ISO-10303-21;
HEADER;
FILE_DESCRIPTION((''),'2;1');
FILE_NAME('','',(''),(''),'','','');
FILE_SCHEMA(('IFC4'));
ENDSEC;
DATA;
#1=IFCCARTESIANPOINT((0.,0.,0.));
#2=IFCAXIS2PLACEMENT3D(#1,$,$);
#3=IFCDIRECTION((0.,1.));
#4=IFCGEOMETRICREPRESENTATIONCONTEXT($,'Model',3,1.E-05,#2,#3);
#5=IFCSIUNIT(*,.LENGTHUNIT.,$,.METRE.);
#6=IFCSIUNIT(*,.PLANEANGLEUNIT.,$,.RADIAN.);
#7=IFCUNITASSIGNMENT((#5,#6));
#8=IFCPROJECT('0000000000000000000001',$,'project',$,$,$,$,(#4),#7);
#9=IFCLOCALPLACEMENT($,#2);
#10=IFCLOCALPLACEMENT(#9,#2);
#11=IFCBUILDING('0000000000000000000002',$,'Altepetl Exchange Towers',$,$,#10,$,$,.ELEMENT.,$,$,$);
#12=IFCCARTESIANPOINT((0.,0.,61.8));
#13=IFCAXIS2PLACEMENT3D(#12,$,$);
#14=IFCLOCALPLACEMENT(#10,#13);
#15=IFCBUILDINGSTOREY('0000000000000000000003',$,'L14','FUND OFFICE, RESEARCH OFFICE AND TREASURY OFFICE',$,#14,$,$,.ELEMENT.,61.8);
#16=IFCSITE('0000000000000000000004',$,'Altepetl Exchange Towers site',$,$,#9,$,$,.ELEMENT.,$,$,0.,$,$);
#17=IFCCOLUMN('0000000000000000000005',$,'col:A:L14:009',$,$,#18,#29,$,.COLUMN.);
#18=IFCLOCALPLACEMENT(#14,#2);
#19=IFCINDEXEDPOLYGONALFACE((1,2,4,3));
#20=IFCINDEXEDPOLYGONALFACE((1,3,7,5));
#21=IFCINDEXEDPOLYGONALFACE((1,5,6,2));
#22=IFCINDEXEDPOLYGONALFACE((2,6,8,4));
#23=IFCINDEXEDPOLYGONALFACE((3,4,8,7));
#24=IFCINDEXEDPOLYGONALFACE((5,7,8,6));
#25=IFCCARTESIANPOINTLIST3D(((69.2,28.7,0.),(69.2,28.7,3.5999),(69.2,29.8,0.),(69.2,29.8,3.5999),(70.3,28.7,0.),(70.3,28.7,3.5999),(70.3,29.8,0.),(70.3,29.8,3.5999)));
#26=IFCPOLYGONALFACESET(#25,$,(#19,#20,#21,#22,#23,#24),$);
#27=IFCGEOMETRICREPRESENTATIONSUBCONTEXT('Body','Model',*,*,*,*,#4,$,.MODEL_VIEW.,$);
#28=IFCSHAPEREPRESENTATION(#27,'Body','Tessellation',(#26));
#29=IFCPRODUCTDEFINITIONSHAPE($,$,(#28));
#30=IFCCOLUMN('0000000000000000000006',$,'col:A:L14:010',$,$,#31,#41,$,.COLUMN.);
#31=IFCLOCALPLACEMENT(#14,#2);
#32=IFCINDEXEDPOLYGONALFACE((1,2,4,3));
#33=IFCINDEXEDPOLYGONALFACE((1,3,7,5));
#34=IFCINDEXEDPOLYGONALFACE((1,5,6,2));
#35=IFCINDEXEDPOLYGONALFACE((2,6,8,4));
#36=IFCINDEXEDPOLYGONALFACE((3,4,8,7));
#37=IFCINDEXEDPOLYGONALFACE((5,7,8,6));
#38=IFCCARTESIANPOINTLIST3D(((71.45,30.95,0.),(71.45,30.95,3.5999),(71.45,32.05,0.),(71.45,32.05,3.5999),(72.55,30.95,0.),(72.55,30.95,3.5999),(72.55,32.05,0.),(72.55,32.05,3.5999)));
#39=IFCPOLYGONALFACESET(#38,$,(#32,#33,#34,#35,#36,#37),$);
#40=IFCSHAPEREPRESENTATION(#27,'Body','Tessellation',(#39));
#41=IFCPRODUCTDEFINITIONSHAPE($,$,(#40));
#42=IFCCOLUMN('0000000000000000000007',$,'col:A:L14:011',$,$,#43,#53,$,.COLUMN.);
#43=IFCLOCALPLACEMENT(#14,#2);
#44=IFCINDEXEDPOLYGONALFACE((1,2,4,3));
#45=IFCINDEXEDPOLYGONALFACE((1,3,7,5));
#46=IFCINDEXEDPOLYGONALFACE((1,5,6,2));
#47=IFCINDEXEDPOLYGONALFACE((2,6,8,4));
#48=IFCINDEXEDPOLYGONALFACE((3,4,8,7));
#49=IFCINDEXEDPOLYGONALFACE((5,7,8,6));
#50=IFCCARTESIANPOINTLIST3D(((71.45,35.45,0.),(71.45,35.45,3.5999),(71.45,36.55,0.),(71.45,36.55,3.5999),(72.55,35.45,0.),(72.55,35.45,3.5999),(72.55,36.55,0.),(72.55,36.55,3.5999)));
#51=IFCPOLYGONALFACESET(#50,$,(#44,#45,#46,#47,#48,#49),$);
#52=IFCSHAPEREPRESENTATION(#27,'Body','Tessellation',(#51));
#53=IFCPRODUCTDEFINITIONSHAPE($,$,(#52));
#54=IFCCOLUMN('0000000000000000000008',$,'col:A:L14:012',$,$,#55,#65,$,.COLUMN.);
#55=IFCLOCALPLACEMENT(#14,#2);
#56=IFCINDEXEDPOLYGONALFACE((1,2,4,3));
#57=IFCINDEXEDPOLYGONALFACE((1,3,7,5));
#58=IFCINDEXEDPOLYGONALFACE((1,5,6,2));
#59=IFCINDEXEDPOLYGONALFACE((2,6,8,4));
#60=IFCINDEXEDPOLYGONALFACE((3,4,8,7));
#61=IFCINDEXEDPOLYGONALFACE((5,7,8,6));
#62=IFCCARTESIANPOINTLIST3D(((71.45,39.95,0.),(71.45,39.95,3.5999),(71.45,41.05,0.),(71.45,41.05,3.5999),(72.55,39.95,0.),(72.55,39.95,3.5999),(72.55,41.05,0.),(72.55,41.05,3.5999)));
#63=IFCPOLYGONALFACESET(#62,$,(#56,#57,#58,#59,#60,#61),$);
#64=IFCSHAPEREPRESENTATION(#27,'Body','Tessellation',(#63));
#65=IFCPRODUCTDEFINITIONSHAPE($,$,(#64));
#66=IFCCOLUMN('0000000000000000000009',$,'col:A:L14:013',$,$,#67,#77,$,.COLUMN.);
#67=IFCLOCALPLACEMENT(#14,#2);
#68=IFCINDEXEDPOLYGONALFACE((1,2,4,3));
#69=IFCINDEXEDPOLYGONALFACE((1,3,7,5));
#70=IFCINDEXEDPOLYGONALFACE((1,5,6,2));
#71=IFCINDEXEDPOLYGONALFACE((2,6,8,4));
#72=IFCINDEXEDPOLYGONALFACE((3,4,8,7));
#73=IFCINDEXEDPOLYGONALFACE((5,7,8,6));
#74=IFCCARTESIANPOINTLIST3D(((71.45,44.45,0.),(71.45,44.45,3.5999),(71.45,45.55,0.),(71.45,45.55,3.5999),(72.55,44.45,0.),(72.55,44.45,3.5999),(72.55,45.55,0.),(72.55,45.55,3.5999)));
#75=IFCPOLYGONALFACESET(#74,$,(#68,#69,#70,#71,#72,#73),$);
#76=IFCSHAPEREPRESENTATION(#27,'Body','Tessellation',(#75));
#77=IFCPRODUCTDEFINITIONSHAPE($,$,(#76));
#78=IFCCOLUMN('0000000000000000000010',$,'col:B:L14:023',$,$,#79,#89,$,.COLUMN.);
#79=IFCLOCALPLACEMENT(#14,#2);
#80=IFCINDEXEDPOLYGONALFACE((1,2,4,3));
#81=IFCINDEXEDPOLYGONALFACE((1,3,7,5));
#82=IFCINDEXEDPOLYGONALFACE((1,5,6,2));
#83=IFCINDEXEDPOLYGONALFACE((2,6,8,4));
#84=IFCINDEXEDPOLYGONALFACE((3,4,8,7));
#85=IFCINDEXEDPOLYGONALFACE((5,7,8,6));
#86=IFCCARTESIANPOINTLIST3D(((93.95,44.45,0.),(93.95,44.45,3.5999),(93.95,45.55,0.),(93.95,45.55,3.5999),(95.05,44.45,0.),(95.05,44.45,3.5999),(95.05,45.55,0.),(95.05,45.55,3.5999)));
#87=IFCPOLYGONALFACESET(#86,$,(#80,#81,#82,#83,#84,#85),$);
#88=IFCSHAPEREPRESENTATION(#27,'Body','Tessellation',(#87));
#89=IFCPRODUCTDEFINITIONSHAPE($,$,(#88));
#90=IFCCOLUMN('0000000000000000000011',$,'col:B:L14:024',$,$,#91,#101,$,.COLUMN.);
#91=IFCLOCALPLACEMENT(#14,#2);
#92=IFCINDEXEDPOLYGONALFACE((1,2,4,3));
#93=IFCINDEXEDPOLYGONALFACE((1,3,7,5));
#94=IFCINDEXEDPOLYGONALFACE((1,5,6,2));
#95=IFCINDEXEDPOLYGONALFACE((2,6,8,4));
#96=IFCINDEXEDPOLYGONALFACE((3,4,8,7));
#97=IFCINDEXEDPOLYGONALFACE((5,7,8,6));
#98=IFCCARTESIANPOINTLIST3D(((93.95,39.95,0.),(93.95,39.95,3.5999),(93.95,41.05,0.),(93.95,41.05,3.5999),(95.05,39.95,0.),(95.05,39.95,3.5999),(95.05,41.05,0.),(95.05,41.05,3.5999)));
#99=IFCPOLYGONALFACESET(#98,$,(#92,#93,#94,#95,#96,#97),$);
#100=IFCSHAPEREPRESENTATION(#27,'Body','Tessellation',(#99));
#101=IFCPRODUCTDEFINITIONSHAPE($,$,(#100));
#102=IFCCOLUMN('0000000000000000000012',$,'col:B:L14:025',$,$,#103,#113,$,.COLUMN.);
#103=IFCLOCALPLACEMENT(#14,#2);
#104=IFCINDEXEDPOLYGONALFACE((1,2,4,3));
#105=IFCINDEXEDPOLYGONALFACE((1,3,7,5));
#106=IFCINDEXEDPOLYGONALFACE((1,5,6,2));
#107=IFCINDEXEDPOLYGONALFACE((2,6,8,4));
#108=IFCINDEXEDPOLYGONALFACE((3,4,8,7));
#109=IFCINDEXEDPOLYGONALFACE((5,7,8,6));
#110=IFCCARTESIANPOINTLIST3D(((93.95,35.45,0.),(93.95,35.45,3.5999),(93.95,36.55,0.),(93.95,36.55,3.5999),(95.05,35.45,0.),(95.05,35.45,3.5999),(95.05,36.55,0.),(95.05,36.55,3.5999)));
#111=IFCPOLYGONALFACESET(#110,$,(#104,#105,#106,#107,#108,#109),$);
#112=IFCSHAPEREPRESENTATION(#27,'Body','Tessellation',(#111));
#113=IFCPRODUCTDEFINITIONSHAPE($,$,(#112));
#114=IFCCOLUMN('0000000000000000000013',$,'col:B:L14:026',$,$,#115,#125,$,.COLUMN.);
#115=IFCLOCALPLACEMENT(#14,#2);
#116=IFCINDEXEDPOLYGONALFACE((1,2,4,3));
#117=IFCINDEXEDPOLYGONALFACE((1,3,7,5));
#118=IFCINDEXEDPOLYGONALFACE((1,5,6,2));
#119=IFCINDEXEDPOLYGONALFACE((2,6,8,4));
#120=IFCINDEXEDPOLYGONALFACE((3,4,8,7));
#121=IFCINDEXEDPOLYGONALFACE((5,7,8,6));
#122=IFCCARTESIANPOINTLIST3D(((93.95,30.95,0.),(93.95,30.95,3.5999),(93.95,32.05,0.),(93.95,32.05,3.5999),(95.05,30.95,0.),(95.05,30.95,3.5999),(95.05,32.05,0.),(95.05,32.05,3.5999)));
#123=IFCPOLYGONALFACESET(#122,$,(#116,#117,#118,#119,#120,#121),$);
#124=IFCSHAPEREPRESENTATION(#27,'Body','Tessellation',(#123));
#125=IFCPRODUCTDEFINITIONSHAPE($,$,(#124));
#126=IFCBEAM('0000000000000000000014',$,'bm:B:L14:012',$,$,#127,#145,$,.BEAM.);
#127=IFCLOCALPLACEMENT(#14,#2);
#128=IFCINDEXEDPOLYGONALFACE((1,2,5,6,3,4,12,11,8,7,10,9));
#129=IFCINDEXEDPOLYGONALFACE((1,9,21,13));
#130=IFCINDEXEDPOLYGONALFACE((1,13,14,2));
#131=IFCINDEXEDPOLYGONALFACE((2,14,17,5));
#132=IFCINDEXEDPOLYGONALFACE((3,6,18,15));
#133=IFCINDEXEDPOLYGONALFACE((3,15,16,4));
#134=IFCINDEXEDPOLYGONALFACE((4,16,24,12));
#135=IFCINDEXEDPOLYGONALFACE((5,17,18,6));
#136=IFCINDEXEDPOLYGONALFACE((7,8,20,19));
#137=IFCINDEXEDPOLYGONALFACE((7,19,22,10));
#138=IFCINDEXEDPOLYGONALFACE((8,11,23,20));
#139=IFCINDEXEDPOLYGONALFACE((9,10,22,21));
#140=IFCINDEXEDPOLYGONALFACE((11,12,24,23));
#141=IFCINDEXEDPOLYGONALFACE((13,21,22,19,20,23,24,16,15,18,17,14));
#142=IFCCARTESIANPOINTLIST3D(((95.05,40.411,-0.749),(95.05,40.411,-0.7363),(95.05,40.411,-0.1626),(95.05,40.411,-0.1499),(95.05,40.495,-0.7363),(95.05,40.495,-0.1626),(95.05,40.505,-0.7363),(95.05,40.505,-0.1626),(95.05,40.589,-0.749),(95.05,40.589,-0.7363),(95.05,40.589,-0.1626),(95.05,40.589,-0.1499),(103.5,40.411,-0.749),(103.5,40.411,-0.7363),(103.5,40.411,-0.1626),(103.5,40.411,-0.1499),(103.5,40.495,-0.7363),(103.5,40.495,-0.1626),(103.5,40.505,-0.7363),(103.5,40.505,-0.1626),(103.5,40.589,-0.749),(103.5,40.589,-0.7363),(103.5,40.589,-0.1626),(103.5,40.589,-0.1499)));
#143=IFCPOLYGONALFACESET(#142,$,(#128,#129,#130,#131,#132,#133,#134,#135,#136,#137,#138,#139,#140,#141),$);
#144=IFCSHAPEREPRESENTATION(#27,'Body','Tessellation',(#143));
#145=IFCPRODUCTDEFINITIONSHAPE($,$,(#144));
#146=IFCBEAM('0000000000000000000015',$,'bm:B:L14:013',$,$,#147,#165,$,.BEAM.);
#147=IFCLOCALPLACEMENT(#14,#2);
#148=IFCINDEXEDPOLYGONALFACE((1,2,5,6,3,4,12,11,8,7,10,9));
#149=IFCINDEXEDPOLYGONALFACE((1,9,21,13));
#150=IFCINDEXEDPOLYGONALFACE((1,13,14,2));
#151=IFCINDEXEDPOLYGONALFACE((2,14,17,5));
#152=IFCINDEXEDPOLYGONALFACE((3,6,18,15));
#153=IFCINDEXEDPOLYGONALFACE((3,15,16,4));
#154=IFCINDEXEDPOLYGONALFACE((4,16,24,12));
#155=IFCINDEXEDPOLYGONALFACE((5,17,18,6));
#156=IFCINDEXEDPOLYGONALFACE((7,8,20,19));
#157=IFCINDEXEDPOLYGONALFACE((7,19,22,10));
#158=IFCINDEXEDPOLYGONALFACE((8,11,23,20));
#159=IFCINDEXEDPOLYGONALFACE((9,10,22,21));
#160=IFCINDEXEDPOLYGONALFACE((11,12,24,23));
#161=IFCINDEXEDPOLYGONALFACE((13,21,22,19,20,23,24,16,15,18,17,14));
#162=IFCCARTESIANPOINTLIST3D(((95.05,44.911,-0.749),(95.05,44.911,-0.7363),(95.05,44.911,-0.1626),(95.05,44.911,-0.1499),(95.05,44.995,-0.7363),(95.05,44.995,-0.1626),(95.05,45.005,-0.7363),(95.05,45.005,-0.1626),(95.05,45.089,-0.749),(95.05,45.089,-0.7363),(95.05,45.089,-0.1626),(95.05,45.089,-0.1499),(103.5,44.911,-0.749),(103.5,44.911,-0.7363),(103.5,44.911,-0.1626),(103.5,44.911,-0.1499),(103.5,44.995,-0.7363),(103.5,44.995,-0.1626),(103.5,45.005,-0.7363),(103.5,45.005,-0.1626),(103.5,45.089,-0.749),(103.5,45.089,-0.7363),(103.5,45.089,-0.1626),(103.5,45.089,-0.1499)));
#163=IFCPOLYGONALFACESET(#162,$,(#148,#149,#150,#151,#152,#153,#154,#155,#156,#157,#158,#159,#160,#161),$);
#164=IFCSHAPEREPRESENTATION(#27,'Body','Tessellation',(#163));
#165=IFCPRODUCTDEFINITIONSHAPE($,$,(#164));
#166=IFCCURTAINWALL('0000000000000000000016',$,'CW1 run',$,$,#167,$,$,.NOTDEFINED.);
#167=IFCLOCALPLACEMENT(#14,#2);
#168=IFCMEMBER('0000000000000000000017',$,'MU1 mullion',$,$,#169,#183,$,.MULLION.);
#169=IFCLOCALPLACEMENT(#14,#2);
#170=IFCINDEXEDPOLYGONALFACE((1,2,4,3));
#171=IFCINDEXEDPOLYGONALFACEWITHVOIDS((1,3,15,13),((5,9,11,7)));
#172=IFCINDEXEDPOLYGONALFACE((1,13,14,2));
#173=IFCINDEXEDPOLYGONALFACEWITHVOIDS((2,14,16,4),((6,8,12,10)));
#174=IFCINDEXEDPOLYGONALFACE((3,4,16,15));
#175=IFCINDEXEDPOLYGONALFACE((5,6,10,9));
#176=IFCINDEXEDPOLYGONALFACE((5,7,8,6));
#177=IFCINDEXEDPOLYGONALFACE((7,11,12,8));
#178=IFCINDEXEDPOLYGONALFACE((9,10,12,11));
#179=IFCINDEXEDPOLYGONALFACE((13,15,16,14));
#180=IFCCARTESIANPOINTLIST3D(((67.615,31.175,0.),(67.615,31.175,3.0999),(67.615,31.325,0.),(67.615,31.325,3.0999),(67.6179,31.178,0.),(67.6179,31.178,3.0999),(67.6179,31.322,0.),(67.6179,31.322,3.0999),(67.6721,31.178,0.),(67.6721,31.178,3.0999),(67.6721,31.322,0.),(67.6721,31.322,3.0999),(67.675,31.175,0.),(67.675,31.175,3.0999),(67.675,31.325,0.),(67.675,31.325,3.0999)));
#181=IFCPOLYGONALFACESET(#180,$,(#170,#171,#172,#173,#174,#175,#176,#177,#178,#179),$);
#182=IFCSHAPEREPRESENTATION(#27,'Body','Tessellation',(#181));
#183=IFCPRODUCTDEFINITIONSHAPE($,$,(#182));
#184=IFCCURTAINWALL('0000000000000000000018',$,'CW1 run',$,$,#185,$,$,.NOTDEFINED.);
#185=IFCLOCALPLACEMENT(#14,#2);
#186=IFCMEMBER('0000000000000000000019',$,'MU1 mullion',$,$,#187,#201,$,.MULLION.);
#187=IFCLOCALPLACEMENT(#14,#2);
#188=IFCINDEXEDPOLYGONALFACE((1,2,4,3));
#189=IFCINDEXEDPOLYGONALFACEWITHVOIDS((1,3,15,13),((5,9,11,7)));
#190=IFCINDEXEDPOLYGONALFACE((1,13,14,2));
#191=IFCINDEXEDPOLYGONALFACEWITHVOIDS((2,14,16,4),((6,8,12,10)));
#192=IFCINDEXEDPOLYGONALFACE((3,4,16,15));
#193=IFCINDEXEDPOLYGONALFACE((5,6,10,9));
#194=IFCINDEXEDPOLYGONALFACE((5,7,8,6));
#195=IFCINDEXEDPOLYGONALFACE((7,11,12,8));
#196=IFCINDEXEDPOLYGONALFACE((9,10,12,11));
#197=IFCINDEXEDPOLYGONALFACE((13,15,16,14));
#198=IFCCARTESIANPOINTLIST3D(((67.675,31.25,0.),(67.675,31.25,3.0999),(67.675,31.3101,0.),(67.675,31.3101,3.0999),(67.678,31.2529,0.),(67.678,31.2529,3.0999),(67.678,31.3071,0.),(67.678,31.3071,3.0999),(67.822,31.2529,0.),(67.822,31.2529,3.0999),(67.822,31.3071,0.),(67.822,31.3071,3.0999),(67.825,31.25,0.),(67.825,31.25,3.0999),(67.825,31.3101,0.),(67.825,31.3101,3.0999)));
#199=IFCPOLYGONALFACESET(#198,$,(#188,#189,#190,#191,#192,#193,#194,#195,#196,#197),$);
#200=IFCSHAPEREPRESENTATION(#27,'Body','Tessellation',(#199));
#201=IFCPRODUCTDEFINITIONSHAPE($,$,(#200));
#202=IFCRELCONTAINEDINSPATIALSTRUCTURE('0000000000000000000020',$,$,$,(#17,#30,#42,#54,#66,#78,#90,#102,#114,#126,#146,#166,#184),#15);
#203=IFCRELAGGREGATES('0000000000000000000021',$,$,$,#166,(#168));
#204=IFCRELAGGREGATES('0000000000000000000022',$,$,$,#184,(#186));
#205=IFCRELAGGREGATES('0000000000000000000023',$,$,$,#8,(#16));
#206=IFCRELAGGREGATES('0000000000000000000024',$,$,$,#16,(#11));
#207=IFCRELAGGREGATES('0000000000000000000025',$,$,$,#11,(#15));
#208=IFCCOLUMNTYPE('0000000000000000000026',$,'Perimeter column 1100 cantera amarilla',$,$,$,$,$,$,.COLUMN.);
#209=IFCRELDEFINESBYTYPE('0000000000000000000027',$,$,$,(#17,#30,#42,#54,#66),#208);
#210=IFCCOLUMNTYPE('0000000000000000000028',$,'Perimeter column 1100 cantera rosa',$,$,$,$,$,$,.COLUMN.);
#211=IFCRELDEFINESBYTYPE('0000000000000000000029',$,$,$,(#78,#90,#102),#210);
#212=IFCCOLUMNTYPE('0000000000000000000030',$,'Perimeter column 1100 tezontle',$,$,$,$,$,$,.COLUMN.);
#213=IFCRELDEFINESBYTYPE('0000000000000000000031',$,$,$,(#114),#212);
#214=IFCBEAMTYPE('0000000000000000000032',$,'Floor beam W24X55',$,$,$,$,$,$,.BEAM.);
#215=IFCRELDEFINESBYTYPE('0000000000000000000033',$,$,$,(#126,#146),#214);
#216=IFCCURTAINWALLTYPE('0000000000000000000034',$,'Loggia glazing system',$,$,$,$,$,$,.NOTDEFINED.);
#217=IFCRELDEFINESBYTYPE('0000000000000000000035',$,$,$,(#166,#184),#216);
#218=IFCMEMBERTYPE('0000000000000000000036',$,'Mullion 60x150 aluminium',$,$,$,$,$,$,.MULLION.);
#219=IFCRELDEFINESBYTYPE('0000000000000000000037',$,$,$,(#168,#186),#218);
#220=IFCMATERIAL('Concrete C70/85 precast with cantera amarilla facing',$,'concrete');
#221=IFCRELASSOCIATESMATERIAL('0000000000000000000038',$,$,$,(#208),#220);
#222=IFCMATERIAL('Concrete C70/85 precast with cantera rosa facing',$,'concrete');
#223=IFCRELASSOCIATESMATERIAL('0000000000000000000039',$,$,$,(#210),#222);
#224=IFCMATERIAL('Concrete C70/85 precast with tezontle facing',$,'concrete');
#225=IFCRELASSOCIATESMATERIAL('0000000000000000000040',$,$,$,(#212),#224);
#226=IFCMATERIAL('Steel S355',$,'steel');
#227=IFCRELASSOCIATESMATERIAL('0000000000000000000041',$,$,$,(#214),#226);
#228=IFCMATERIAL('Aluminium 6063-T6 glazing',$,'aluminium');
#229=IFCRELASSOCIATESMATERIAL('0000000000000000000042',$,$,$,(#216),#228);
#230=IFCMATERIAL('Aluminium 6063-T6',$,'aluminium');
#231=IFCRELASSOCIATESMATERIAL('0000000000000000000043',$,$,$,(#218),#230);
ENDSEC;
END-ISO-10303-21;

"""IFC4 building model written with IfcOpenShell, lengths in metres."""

from ifc_helpers import new_model, si_unit, direction, frame, origin, origin_2d, place, context, subcontext, project, spatial, rectangle, hollow_rectangle, i_section, extrude, material, material_profile, profile_set, type_object, element, aggregate, save


model = new_model("IFC4")

# Units and contexts
model_context = context("Model", 3, precision=1e-05, world=origin(), true_north=direction((0.0, 1.0)))
body_context = subcontext(model_context, "Body", "Model", "MODEL_VIEW")
ifc_project = project(units=[si_unit("LENGTHUNIT", "METRE"), si_unit("PLANEANGLEUNIT", "RADIAN")], contexts=[model_context])

# Site, building, storey
site_placement = place(None, origin())
site = spatial("IfcSite", under=ifc_project, at=site_placement, Name="Altepetl Exchange Towers site", CompositionType="ELEMENT", RefElevation=0.0)
building_placement = place(site_placement, origin())
building = spatial("IfcBuilding", under=site, at=building_placement, Name="Altepetl Exchange Towers", CompositionType="ELEMENT")
storey_placement = place(building_placement, frame((0.0, 0.0, 61.8)))
storey = spatial("IfcBuildingStorey", under=building, at=storey_placement, Name="L14", Description="FUND OFFICE, RESEARCH OFFICE AND TREASURY OFFICE", CompositionType="ELEMENT", Elevation=61.8)

# Columns
ifc_material_1 = material(Name="Concrete C70/85 precast with cantera amarilla facing", Category="concrete")
ifc_material_profile_1 = material_profile(ifc_material_1, rectangle(XDim=1.1001, YDim=1.1001, at=origin_2d()), Name="1100 x 1100")
ifc_profile_set_1 = profile_set([ifc_material_profile_1], Name="Concrete C70/85 precast with cantera amarilla facing")
column_type_1 = type_object("IfcColumnType", Name="Perimeter column 1100 cantera amarilla", PredefinedType="COLUMN", material=ifc_profile_set_1)
for number, where, name in (
    (1, (69.75, 29.25, 0.0), "col:A:L14:009"),
    (2, (72.0, 31.5, 0.0), "col:A:L14:010"),
    (3, (72.0, 36.0, 0.0), "col:A:L14:011"),
    (4, (72.0, 40.5, 0.0), "col:A:L14:012"),
    (5, (72.0, 45.0, 0.0), "col:A:L14:013"),
):
    element("IfcColumn", number, at=place(storey_placement, frame(where)), inside=storey, type_object=column_type_1, Name=name, PredefinedType="COLUMN", context=body_context, shape_type="SweptSolid", body=[
        extrude(rectangle(XDim=1.1001, YDim=1.1001, at=origin_2d()), origin(), (0.0, 0.0, 1.0), 3.5999),
    ])
ifc_material_2 = material(Name="Concrete C70/85 precast with cantera rosa facing", Category="concrete")
ifc_material_profile_2 = material_profile(ifc_material_2, rectangle(XDim=1.1001, YDim=1.1001, at=origin_2d()), Name="1100 x 1100")
ifc_profile_set_2 = profile_set([ifc_material_profile_2], Name="Concrete C70/85 precast with cantera rosa facing")
column_type_2 = type_object("IfcColumnType", Name="Perimeter column 1100 cantera rosa", PredefinedType="COLUMN", material=ifc_profile_set_2)
for number, where, name in (
    (6, (94.5, 45.0, 0.0), "col:B:L14:023"),
    (7, (94.5, 40.5, 0.0), "col:B:L14:024"),
    (8, (94.5, 36.0, 0.0), "col:B:L14:025"),
):
    element("IfcColumn", number, at=place(storey_placement, frame(where)), inside=storey, type_object=column_type_2, Name=name, PredefinedType="COLUMN", context=body_context, shape_type="SweptSolid", body=[
        extrude(rectangle(XDim=1.1001, YDim=1.1001, at=origin_2d()), origin(), (0.0, 0.0, 1.0), 3.5999),
    ])
ifc_material_3 = material(Name="Concrete C70/85 precast with tezontle facing", Category="concrete")
ifc_material_profile_3 = material_profile(ifc_material_3, rectangle(XDim=1.1001, YDim=1.1001, at=origin_2d()), Name="1100 x 1100")
ifc_profile_set_3 = profile_set([ifc_material_profile_3], Name="Concrete C70/85 precast with tezontle facing")
column_type_3 = type_object("IfcColumnType", Name="Perimeter column 1100 tezontle", PredefinedType="COLUMN", material=ifc_profile_set_3)
column_placement = place(storey_placement, frame((94.5, 31.5, 0.0)))
element("IfcColumn", 9, at=column_placement, inside=storey, type_object=column_type_3, Name="col:B:L14:026", PredefinedType="COLUMN", context=body_context, shape_type="SweptSolid", body=[
    extrude(rectangle(XDim=1.1001, YDim=1.1001, at=origin_2d()), origin(), (0.0, 0.0, 1.0), 3.5999),
])

# Beams
ifc_material_4 = material(Name="Steel S355", Category="steel")
ifc_material_profile_4 = material_profile(ifc_material_4, i_section(OverallWidth=0.178, OverallDepth=0.5991, WebThickness=0.01, FlangeThickness=0.0127, at=origin_2d()), Name="W24X55")
ifc_profile_set_4 = profile_set([ifc_material_profile_4], Name="Steel S355")
beam_type_1 = type_object("IfcBeamType", Name="Floor beam W24X55", PredefinedType="BEAM", material=ifc_profile_set_4)
for number, where, z_axis, x_axis, name in (
    (10, (95.05, 40.5, -0.4495), (1.0, 0.0, 0.0), (0.0, 1.0, 0.0), "bm:B:L14:012"),
    (11, (95.05, 45.0, -0.4495), (1.0, 0.0, 0.0), (0.0, 1.0, 0.0), "bm:B:L14:013"),
):
    element("IfcBeam", number, at=place(storey_placement, frame(where, z_axis=z_axis, x_axis=x_axis)), inside=storey, type_object=beam_type_1, Name=name, PredefinedType="BEAM", context=body_context, shape_type="SweptSolid", body=[
        extrude(i_section(OverallWidth=0.178, OverallDepth=0.5991, WebThickness=0.01, FlangeThickness=0.0127, at=origin_2d()), origin(), (0.0, 0.0, 1.0), 8.45),
    ])

# Curtain wall, member
ifc_material_5 = material(Name="Aluminium 6063-T6 glazing", Category="aluminium")
curtain_wall_type = type_object("IfcCurtainWallType", Name="Loggia glazing system", PredefinedType="NOTDEFINED", material=ifc_material_5)
curtain_wall_1_placement = place(storey_placement, origin())
curtain_wall_1 = element("IfcCurtainWall", 12, at=curtain_wall_1_placement, inside=storey, type_object=curtain_wall_type, Name="CW1 run", PredefinedType="NOTDEFINED")
ifc_material_6 = material(Name="Aluminium 6063-T6", Category="aluminium")
ifc_material_profile_5 = material_profile(ifc_material_6, hollow_rectangle(XDim=0.0601, YDim=0.1499, WallThickness=0.0029, at=origin_2d()), Name="Mullion 60x150 aluminium")
ifc_profile_set_5 = profile_set([ifc_material_profile_5], Name="Aluminium 6063-T6")
member_type = type_object("IfcMemberType", Name="Mullion 60x150 aluminium", PredefinedType="MULLION", material=ifc_profile_set_5)
member_1_placement = place(storey_placement, frame((67.645, 31.25, 0.0)))
member_1 = element("IfcMember", 13, at=member_1_placement, type_object=member_type, Name="MU1 mullion", PredefinedType="MULLION", context=body_context, shape_type="SweptSolid", body=[
    extrude(hollow_rectangle(XDim=0.0601, YDim=0.1499, WallThickness=0.0029, at=origin_2d()), origin(), (0.0, 0.0, 1.0), 3.0999),
])
aggregate(curtain_wall_1, [member_1])

# Curtain wall, member
curtain_wall_2_placement = place(storey_placement, origin())
curtain_wall_2 = element("IfcCurtainWall", 14, at=curtain_wall_2_placement, inside=storey, type_object=curtain_wall_type, Name="CW1 run", PredefinedType="NOTDEFINED")
member_2_placement = place(storey_placement, frame((67.75, 31.28, 0.0), z_axis=(0.0, 0.0, 1.0), x_axis=(0.0, 1.0, 0.0)))
member_2 = element("IfcMember", 15, at=member_2_placement, type_object=member_type, Name="MU1 mullion", PredefinedType="MULLION", context=body_context, shape_type="SweptSolid", body=[
    extrude(hollow_rectangle(XDim=0.0601, YDim=0.1499, WallThickness=0.0029, at=origin_2d()), origin(), (0.0, 0.0, 1.0), 3.0999),
])

aggregate(curtain_wall_2, [member_2])

save(model, "model.ifc")
